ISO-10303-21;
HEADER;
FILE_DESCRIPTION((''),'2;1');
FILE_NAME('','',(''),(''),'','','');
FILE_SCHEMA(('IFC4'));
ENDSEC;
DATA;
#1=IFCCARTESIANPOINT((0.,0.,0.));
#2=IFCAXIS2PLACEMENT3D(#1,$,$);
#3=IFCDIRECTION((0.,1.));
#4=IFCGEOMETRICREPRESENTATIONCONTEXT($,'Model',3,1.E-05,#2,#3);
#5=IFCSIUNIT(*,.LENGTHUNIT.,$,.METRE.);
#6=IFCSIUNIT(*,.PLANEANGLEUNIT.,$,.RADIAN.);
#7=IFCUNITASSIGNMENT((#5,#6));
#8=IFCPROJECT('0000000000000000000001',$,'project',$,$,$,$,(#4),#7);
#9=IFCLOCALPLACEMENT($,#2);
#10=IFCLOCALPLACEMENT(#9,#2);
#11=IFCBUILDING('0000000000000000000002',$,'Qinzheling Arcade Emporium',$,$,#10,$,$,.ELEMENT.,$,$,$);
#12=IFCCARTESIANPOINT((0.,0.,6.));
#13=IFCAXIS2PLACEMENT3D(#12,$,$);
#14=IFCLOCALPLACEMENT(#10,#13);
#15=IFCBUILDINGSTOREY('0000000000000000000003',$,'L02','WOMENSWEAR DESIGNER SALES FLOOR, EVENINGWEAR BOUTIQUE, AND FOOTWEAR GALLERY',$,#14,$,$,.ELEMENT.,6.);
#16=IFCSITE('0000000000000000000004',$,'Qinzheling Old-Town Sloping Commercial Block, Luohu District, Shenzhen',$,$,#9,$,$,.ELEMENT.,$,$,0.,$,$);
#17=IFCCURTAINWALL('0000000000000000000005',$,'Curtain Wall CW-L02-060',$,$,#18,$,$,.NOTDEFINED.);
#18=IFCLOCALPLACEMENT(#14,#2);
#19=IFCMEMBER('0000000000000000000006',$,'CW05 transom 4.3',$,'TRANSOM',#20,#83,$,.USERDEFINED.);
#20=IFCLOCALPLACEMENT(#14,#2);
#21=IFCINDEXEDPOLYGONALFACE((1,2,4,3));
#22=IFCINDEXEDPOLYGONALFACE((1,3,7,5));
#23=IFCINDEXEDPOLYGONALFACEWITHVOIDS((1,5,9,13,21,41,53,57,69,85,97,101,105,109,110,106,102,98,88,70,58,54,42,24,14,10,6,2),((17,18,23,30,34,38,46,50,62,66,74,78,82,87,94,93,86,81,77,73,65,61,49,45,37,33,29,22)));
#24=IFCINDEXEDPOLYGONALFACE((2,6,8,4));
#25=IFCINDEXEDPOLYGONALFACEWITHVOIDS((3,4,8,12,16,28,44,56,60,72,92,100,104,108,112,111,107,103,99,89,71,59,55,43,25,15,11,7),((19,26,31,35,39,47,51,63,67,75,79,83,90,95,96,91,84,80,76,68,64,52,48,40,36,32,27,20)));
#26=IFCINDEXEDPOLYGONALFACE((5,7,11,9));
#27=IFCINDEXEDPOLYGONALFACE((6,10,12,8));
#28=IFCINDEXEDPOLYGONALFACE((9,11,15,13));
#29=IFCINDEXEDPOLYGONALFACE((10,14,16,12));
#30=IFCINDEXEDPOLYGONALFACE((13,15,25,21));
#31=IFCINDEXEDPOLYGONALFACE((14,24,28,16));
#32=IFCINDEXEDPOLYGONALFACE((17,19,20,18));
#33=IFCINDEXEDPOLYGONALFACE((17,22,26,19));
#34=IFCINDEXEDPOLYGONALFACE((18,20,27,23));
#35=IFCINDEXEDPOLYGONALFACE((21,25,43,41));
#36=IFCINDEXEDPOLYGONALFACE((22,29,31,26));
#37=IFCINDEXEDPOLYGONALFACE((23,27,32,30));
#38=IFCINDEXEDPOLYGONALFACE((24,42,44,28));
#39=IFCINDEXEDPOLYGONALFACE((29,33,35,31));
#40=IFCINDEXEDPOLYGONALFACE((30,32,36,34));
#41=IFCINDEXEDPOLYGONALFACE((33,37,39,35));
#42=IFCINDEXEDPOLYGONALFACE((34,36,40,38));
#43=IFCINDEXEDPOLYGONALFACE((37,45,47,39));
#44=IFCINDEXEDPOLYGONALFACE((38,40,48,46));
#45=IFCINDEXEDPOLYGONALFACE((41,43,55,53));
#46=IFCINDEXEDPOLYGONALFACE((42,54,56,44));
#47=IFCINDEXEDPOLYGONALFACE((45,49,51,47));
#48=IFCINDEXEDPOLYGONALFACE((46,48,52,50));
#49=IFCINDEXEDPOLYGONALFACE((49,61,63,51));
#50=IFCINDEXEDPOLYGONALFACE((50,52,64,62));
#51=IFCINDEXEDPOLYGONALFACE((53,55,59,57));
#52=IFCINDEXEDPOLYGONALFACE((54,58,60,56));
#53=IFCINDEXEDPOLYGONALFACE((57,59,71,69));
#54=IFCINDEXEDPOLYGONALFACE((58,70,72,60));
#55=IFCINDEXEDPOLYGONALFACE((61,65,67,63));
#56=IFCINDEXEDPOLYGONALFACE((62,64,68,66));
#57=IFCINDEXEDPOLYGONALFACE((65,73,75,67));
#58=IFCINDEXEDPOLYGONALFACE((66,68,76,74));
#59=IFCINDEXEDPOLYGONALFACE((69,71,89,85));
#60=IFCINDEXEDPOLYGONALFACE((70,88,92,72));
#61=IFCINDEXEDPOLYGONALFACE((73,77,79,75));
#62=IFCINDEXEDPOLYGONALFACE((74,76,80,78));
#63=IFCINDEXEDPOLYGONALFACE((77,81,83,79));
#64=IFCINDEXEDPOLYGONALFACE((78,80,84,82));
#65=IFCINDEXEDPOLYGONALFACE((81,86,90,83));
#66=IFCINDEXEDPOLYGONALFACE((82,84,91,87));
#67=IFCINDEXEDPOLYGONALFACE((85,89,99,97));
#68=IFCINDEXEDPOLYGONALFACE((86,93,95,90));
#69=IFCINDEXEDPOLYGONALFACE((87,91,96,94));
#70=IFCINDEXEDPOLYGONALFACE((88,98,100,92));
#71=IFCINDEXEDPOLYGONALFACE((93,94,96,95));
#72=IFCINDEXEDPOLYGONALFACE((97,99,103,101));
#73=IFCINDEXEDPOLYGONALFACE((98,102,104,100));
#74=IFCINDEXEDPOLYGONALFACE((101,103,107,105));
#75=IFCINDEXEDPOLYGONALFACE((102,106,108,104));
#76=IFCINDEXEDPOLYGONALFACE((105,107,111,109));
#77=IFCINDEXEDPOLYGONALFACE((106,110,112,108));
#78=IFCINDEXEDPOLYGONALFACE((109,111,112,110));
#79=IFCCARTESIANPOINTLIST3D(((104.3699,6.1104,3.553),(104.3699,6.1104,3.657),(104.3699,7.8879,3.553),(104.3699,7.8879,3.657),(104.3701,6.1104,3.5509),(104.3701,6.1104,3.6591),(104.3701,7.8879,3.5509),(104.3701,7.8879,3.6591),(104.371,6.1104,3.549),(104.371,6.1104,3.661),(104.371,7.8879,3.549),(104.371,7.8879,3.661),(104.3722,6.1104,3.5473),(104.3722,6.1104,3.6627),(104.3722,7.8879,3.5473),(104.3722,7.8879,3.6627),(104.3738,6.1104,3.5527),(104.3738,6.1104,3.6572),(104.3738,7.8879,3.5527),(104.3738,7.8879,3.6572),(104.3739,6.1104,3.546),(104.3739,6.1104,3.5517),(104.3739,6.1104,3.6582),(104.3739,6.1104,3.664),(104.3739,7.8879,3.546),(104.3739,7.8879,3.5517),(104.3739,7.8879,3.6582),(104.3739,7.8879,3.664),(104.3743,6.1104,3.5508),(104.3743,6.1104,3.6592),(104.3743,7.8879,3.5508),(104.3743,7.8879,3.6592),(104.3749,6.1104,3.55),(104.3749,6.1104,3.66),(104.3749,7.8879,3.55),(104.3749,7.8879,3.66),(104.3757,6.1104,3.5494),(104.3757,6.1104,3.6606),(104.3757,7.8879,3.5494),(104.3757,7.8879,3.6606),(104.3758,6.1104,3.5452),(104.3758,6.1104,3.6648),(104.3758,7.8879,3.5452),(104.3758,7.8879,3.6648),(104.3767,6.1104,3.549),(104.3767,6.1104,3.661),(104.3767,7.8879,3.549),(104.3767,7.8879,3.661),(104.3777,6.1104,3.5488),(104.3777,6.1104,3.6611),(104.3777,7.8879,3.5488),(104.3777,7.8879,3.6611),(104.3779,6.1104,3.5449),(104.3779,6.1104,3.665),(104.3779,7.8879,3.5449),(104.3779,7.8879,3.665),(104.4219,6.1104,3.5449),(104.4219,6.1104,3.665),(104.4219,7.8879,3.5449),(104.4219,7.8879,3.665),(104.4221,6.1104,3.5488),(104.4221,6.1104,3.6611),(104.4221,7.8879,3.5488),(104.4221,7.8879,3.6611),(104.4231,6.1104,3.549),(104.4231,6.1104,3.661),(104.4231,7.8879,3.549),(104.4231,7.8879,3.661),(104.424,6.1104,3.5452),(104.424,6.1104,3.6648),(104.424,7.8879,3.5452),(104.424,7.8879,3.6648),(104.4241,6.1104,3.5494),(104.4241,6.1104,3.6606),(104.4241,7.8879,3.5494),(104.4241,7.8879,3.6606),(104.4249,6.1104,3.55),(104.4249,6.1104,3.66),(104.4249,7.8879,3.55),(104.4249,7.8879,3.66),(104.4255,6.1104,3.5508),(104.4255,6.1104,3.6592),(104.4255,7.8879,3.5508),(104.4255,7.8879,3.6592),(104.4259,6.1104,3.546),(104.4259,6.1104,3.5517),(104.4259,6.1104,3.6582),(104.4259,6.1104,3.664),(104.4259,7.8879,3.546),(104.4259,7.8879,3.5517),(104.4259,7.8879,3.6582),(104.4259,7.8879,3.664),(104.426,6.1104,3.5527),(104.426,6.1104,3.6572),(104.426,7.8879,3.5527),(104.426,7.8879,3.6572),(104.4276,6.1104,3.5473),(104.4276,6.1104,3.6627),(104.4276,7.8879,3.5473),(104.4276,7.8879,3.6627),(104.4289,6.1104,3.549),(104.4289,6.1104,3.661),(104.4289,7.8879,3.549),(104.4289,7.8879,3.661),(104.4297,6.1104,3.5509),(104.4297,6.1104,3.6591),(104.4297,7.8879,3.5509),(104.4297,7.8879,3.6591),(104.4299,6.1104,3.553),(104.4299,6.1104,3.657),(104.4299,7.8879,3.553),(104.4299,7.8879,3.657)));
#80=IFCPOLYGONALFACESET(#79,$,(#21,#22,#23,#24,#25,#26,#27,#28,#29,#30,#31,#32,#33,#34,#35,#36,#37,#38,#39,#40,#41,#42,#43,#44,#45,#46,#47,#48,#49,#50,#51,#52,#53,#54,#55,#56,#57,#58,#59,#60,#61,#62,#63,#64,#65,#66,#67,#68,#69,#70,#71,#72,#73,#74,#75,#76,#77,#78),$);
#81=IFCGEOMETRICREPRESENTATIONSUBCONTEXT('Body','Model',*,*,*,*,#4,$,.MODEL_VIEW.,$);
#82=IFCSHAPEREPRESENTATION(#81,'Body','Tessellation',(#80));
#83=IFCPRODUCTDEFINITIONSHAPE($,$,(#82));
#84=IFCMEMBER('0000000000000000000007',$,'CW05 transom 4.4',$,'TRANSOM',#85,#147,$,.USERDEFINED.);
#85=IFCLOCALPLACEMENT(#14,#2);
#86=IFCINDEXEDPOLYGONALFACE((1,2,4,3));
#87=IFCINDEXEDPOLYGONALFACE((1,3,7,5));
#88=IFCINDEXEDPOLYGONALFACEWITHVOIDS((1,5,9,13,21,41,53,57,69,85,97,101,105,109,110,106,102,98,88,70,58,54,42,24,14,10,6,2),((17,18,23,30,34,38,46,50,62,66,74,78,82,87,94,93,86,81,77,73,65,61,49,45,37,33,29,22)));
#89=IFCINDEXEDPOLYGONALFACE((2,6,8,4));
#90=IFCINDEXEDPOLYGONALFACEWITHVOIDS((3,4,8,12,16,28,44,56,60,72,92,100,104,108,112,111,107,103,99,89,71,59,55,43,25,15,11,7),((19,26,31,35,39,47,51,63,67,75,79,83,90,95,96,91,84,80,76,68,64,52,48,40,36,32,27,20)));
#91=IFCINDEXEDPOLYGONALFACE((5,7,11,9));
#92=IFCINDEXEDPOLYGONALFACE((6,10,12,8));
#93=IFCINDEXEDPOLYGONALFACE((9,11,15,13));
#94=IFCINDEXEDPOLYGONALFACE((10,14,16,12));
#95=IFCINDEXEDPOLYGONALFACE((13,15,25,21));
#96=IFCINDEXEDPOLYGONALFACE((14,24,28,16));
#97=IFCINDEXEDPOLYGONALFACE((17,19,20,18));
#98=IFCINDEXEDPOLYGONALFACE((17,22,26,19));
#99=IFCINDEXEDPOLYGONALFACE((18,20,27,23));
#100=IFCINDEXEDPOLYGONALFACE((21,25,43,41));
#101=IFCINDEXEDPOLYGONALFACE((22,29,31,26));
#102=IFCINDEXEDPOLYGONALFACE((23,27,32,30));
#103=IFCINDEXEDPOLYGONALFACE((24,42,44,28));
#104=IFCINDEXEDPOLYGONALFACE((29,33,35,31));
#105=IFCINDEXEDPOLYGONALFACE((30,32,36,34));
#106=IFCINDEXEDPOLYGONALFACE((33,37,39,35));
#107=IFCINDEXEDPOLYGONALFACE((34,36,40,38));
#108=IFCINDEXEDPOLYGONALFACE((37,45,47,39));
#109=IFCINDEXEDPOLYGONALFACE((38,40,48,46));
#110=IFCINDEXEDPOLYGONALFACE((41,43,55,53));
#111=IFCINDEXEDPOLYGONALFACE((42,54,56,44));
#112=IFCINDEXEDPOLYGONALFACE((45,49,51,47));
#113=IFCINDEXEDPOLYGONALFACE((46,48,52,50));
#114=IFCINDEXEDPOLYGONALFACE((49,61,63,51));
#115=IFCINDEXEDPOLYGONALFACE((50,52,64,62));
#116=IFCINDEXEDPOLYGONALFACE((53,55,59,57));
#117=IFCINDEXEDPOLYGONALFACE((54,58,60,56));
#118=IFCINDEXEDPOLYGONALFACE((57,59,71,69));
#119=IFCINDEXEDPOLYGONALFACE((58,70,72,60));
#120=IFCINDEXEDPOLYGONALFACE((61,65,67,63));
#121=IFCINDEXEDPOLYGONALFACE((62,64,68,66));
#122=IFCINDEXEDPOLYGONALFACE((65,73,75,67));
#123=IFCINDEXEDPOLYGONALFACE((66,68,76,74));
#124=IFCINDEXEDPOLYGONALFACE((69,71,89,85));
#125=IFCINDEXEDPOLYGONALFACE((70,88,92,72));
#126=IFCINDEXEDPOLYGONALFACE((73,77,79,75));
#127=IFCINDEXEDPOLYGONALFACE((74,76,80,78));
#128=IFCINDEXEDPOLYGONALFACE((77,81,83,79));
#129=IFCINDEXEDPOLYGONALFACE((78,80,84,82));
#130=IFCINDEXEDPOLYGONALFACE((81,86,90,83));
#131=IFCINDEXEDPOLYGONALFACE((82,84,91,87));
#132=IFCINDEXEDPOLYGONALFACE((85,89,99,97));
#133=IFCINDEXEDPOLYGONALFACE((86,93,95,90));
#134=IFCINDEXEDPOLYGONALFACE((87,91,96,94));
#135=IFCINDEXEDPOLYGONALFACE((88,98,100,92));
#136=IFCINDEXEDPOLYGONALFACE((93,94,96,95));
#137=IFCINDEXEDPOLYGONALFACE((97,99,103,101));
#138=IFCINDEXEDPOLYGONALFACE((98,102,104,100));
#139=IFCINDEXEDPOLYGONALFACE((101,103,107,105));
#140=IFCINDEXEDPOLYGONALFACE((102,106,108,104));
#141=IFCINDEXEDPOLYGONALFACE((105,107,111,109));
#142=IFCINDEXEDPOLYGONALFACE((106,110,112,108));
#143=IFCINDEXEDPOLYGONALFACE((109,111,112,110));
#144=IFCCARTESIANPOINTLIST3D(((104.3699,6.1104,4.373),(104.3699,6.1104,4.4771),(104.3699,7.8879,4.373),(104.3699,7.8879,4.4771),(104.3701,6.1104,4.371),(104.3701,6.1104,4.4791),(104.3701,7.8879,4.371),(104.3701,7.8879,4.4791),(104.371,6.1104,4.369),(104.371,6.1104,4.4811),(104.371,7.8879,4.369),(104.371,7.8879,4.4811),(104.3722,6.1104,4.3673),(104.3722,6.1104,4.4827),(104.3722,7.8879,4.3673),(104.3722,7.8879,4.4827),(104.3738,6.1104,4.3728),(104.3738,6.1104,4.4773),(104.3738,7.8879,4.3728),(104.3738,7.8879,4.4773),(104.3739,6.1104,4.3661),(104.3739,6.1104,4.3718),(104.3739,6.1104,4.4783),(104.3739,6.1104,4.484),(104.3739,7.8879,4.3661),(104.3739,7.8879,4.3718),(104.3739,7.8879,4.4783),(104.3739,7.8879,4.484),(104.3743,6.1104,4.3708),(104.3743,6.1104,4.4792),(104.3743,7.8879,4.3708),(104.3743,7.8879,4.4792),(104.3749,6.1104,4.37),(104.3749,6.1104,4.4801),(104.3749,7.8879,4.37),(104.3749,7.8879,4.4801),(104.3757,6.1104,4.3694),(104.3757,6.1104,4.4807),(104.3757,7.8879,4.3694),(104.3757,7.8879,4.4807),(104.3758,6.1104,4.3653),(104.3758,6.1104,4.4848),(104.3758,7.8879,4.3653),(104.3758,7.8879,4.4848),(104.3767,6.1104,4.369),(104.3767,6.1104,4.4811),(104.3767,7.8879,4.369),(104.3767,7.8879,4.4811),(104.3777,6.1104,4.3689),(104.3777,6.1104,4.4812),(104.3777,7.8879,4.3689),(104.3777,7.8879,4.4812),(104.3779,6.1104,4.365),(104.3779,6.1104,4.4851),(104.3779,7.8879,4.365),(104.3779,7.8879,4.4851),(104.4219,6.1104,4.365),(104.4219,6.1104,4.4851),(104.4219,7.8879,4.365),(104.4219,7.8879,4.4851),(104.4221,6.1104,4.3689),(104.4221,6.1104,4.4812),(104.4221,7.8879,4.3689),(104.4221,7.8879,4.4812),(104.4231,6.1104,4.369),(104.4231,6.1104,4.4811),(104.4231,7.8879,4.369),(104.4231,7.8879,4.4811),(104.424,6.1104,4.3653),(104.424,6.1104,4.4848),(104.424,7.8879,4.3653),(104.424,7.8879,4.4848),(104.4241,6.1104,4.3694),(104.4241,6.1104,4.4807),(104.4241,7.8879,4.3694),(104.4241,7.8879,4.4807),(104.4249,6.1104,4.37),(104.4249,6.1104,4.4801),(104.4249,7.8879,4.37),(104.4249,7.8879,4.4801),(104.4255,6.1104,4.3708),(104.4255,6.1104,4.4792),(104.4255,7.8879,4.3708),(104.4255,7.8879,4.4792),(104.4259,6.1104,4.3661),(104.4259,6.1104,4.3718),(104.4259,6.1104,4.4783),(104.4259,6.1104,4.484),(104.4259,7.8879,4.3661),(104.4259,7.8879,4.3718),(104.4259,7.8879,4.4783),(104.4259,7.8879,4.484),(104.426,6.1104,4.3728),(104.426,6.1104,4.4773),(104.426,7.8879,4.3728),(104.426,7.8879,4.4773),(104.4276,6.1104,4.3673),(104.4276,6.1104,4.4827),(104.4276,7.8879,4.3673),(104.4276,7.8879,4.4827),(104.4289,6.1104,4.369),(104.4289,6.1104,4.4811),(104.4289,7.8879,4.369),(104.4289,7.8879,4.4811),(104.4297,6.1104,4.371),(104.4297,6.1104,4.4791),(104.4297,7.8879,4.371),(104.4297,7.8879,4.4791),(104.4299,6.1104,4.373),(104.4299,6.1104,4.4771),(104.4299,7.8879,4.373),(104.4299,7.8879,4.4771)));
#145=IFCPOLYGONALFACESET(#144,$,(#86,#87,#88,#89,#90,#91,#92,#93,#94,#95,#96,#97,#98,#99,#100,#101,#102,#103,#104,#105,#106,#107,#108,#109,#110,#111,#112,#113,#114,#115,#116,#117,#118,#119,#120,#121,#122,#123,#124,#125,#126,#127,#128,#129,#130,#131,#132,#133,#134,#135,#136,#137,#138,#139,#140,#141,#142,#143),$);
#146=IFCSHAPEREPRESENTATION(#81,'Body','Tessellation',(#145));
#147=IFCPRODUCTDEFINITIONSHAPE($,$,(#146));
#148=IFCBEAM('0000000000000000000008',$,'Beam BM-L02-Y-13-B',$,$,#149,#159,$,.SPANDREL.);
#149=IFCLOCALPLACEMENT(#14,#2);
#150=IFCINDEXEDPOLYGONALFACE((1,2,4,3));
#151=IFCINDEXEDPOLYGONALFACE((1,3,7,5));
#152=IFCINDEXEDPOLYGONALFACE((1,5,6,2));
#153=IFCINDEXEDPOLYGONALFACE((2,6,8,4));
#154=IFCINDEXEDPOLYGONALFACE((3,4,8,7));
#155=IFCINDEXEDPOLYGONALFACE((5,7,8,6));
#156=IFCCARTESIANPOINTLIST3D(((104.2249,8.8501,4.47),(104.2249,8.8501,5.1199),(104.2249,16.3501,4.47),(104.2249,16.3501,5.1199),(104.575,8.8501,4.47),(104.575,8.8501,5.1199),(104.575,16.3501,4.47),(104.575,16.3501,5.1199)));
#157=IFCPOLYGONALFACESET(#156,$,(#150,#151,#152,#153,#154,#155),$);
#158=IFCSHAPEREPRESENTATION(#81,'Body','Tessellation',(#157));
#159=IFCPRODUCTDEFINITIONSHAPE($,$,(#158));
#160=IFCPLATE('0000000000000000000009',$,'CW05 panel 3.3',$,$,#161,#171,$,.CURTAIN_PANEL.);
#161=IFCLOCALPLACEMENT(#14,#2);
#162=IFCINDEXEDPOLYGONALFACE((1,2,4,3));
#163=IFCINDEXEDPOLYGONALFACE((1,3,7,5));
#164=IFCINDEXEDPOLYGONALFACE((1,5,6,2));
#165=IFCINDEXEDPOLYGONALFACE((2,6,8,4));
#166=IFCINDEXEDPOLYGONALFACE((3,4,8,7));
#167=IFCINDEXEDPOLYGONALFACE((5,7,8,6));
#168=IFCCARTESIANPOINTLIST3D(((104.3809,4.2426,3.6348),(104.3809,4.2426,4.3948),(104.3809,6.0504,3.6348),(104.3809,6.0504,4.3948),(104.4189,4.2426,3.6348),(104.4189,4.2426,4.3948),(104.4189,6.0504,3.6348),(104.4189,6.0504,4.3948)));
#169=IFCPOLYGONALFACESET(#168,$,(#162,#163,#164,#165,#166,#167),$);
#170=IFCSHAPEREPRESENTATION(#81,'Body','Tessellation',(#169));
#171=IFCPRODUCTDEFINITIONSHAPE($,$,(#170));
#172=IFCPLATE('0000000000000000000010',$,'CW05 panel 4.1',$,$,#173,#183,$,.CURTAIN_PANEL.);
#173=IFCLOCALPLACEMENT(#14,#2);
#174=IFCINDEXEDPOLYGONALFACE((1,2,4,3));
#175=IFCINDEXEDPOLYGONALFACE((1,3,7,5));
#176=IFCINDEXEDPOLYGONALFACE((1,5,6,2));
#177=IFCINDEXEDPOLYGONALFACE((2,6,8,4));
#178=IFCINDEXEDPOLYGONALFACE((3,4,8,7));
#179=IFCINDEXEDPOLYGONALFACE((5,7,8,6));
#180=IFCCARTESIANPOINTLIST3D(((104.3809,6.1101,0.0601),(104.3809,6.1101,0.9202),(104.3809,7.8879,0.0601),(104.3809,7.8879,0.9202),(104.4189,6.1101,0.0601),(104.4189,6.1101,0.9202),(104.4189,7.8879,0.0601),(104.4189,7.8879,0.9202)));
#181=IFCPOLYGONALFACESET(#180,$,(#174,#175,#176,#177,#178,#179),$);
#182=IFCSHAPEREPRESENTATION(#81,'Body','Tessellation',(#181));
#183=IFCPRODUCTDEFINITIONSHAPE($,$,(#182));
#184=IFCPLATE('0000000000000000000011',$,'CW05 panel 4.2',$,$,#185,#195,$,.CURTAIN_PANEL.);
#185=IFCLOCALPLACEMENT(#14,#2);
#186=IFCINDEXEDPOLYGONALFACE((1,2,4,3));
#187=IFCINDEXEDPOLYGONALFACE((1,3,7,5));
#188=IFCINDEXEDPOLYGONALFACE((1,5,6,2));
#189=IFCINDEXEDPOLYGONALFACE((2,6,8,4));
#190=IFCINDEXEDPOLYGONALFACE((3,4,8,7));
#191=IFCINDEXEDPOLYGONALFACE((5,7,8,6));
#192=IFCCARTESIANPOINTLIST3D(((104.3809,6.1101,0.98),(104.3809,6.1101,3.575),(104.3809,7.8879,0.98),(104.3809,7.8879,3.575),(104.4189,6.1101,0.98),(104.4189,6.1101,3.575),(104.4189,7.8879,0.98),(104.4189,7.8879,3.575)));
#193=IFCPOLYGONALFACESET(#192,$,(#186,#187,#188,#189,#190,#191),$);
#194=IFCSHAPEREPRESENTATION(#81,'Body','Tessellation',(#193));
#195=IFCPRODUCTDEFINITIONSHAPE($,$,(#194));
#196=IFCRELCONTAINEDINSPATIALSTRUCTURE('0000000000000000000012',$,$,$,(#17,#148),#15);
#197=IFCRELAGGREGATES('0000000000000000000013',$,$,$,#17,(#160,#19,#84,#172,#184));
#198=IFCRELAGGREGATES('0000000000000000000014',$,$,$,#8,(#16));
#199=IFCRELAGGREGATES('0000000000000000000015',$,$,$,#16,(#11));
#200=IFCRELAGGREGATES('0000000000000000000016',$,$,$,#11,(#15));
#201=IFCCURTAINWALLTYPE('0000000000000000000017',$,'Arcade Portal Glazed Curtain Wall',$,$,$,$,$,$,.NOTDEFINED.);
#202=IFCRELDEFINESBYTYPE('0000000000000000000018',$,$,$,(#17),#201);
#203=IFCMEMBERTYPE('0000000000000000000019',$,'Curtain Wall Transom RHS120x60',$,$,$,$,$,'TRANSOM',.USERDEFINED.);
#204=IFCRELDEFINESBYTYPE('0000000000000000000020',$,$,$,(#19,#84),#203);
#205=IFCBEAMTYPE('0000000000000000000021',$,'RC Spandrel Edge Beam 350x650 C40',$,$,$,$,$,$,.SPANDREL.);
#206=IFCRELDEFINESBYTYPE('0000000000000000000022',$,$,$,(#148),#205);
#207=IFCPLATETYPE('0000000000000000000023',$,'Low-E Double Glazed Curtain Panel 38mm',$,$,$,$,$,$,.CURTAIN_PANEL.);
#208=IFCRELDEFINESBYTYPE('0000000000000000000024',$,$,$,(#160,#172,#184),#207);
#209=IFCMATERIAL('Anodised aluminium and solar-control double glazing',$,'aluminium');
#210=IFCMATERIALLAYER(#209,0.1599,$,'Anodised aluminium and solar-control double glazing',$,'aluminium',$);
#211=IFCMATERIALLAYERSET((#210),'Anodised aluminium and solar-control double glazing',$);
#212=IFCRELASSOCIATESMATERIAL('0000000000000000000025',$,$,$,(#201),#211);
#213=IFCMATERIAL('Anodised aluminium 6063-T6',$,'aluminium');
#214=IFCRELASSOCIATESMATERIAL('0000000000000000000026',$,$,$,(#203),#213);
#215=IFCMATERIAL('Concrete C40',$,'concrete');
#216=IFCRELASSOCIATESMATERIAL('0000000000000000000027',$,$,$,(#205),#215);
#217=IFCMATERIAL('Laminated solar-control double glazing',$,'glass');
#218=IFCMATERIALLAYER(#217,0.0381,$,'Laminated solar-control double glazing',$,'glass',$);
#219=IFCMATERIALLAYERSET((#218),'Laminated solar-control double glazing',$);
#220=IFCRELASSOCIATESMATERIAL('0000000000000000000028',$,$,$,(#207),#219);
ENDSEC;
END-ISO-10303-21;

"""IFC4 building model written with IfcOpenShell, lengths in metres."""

from ifc_helpers import new_model, si_unit, direction, frame, origin, origin_2d, place, context, subcontext, project, spatial, rectangle, hollow_rectangle, extrude, material, layer, layer_set, material_profile, profile_set, type_object, element, aggregate, save


model = new_model("IFC4")

# Units and contexts
model_context = context("Model", 3, precision=1e-05, world=origin(), true_north=direction((0.0, 1.0)))
body_context = subcontext(model_context, "Body", "Model", "MODEL_VIEW")
ifc_project = project(units=[si_unit("LENGTHUNIT", "METRE"), si_unit("PLANEANGLEUNIT", "RADIAN")], contexts=[model_context])

# Site, building, storey
site_placement = place(None, origin())
site = spatial("IfcSite", under=ifc_project, at=site_placement, Name="Qinzheling Old-Town Sloping Commercial Block, Luohu District, Shenzhen", CompositionType="ELEMENT", RefElevation=0.0)
building_placement = place(site_placement, origin())
building = spatial("IfcBuilding", under=site, at=building_placement, Name="Qinzheling Arcade Emporium", CompositionType="ELEMENT")
storey_placement = place(building_placement, frame((0.0, 0.0, 6.0)))
storey = spatial("IfcBuildingStorey", under=building, at=storey_placement, Name="L02", Description="WOMENSWEAR DESIGNER SALES FLOOR, EVENINGWEAR BOUTIQUE, AND FOOTWEAR GALLERY", CompositionType="ELEMENT", Elevation=6.0)

# Curtain wall, members
ifc_material_1 = material(Name="Anodised aluminium and solar-control double glazing", Category="aluminium")
ifc_layer_1 = layer(ifc_material_1, 0.1599, Name="Anodised aluminium and solar-control double glazing", Category="aluminium")
ifc_layer_set_1 = layer_set([ifc_layer_1], Name="Anodised aluminium and solar-control double glazing")
curtain_wall_type = type_object("IfcCurtainWallType", Name="Arcade Portal Glazed Curtain Wall", PredefinedType="NOTDEFINED", material=ifc_layer_set_1)
curtain_wall_placement = place(storey_placement, origin())
curtain_wall = element("IfcCurtainWall", 1, at=curtain_wall_placement, inside=storey, type_object=curtain_wall_type, Name="Curtain Wall CW-L02-060", PredefinedType="NOTDEFINED")
ifc_material_2 = material(Name="Anodised aluminium 6063-T6", Category="aluminium")
ifc_material_profile_1 = material_profile(ifc_material_2, hollow_rectangle(XDim=0.0601, YDim=0.1201, WallThickness=0.0039, InnerFilletRadius=0.0039, OuterFilletRadius=0.0081, at=origin_2d()), Name="RHS 120x60x4", Category="aluminium")
ifc_profile_set_1 = profile_set([ifc_material_profile_1], Name="Anodised aluminium 6063-T6")
member_type_1 = type_object("IfcMemberType", Name="Curtain Wall Transom RHS120x60", ElementType="TRANSOM", PredefinedType="USERDEFINED", material=ifc_profile_set_1)
member_1_placement = place(storey_placement, frame((104.3999, 6.1104, 3.605), z_axis=(0.0, 1.0, 0.0), x_axis=(-1.0, 0.0, 0.0)))
member_1 = element("IfcMember", 2, at=member_1_placement, type_object=member_type_1, Name="CW05 transom 4.3", ObjectType="TRANSOM", PredefinedType="USERDEFINED", context=body_context, shape_type="SweptSolid", body=[
    extrude(hollow_rectangle(XDim=0.0601, YDim=0.1201, WallThickness=0.0039, InnerFilletRadius=0.0039, OuterFilletRadius=0.0081, at=origin_2d()), origin(), (0.0, 0.0, 1.0), 1.7776),
])
member_2_placement = place(storey_placement, frame((104.3999, 6.1104, 4.425), z_axis=(0.0, 1.0, 0.0), x_axis=(-1.0, 0.0, 0.0)))
member_2 = element("IfcMember", 3, at=member_2_placement, type_object=member_type_1, Name="CW05 transom 4.4", ObjectType="TRANSOM", PredefinedType="USERDEFINED", context=body_context, shape_type="SweptSolid", body=[
    extrude(hollow_rectangle(XDim=0.0601, YDim=0.1201, WallThickness=0.0039, InnerFilletRadius=0.0039, OuterFilletRadius=0.0081, at=origin_2d()), origin(), (0.0, 0.0, 1.0), 1.7776),
])

# Beam
ifc_material_3 = material(Name="Concrete C40", Category="concrete")
ifc_material_profile_2 = material_profile(ifc_material_3, rectangle(XDim=0.3501, YDim=0.6499, at=origin_2d()), Name="RC 350x650", Category="concrete")
ifc_profile_set_2 = profile_set([ifc_material_profile_2], Name="Concrete C40")
beam_type = type_object("IfcBeamType", Name="RC Spandrel Edge Beam 350x650 C40", PredefinedType="SPANDREL", material=ifc_profile_set_2)
beam_placement = place(storey_placement, frame((104.3999, 8.8501, 4.7949), z_axis=(0.0, 1.0, 0.0), x_axis=(-1.0, 0.0, 0.0)))
element("IfcBeam", 4, at=beam_placement, inside=storey, type_object=beam_type, Name="Beam BM-L02-Y-13-B", PredefinedType="SPANDREL", context=body_context, shape_type="SweptSolid", body=[
    extrude(rectangle(XDim=0.3501, YDim=0.6499, at=origin_2d()), origin(), (0.0, 0.0, 1.0), 7.5),
])

# Plates
ifc_material_4 = material(Name="Laminated solar-control double glazing", Category="glass")
ifc_layer_2 = layer(ifc_material_4, 0.0381, Name="Laminated solar-control double glazing", Category="glass")
ifc_layer_set_2 = layer_set([ifc_layer_2], Name="Laminated solar-control double glazing")
plate_type = type_object("IfcPlateType", Name="Low-E Double Glazed Curtain Panel 38mm", PredefinedType="CURTAIN_PANEL", material=ifc_layer_set_2)
plate_1_placement = place(storey_placement, frame((104.3999, 5.1465, 3.6348), z_axis=(0.0, 0.0, 1.0), x_axis=(0.0, 1.0, 0.0)))
plate_1 = element("IfcPlate", 5, at=plate_1_placement, type_object=plate_type, Name="CW05 panel 3.3", PredefinedType="CURTAIN_PANEL", context=body_context, shape_type="SweptSolid", body=[
    extrude(rectangle(XDim=1.8079, YDim=0.0381, at=origin_2d()), origin(), (0.0, 0.0, 1.0), 0.76),
])
plate_2_placement = place(storey_placement, frame((104.3999, 6.999, 0.0601), z_axis=(0.0, 0.0, 1.0), x_axis=(0.0, 1.0, 0.0)))
plate_2 = element("IfcPlate", 6, at=plate_2_placement, type_object=plate_type, Name="CW05 panel 4.1", PredefinedType="CURTAIN_PANEL", context=body_context, shape_type="SweptSolid", body=[
    extrude(rectangle(XDim=1.7778, YDim=0.0381, at=origin_2d()), origin(), (0.0, 0.0, 1.0), 0.8601),
])
plate_3_placement = place(storey_placement, frame((104.3999, 6.999, 0.98), z_axis=(0.0, 0.0, 1.0), x_axis=(0.0, 1.0, 0.0)))
plate_3 = element("IfcPlate", 7, at=plate_3_placement, type_object=plate_type, Name="CW05 panel 4.2", PredefinedType="CURTAIN_PANEL", context=body_context, shape_type="SweptSolid", body=[
    extrude(rectangle(XDim=1.7778, YDim=0.0381, at=origin_2d()), origin(), (0.0, 0.0, 1.0), 2.595),
])
aggregate(curtain_wall, [plate_1, member_1, member_2, plate_2, plate_3])

save(model, "model.ifc")
